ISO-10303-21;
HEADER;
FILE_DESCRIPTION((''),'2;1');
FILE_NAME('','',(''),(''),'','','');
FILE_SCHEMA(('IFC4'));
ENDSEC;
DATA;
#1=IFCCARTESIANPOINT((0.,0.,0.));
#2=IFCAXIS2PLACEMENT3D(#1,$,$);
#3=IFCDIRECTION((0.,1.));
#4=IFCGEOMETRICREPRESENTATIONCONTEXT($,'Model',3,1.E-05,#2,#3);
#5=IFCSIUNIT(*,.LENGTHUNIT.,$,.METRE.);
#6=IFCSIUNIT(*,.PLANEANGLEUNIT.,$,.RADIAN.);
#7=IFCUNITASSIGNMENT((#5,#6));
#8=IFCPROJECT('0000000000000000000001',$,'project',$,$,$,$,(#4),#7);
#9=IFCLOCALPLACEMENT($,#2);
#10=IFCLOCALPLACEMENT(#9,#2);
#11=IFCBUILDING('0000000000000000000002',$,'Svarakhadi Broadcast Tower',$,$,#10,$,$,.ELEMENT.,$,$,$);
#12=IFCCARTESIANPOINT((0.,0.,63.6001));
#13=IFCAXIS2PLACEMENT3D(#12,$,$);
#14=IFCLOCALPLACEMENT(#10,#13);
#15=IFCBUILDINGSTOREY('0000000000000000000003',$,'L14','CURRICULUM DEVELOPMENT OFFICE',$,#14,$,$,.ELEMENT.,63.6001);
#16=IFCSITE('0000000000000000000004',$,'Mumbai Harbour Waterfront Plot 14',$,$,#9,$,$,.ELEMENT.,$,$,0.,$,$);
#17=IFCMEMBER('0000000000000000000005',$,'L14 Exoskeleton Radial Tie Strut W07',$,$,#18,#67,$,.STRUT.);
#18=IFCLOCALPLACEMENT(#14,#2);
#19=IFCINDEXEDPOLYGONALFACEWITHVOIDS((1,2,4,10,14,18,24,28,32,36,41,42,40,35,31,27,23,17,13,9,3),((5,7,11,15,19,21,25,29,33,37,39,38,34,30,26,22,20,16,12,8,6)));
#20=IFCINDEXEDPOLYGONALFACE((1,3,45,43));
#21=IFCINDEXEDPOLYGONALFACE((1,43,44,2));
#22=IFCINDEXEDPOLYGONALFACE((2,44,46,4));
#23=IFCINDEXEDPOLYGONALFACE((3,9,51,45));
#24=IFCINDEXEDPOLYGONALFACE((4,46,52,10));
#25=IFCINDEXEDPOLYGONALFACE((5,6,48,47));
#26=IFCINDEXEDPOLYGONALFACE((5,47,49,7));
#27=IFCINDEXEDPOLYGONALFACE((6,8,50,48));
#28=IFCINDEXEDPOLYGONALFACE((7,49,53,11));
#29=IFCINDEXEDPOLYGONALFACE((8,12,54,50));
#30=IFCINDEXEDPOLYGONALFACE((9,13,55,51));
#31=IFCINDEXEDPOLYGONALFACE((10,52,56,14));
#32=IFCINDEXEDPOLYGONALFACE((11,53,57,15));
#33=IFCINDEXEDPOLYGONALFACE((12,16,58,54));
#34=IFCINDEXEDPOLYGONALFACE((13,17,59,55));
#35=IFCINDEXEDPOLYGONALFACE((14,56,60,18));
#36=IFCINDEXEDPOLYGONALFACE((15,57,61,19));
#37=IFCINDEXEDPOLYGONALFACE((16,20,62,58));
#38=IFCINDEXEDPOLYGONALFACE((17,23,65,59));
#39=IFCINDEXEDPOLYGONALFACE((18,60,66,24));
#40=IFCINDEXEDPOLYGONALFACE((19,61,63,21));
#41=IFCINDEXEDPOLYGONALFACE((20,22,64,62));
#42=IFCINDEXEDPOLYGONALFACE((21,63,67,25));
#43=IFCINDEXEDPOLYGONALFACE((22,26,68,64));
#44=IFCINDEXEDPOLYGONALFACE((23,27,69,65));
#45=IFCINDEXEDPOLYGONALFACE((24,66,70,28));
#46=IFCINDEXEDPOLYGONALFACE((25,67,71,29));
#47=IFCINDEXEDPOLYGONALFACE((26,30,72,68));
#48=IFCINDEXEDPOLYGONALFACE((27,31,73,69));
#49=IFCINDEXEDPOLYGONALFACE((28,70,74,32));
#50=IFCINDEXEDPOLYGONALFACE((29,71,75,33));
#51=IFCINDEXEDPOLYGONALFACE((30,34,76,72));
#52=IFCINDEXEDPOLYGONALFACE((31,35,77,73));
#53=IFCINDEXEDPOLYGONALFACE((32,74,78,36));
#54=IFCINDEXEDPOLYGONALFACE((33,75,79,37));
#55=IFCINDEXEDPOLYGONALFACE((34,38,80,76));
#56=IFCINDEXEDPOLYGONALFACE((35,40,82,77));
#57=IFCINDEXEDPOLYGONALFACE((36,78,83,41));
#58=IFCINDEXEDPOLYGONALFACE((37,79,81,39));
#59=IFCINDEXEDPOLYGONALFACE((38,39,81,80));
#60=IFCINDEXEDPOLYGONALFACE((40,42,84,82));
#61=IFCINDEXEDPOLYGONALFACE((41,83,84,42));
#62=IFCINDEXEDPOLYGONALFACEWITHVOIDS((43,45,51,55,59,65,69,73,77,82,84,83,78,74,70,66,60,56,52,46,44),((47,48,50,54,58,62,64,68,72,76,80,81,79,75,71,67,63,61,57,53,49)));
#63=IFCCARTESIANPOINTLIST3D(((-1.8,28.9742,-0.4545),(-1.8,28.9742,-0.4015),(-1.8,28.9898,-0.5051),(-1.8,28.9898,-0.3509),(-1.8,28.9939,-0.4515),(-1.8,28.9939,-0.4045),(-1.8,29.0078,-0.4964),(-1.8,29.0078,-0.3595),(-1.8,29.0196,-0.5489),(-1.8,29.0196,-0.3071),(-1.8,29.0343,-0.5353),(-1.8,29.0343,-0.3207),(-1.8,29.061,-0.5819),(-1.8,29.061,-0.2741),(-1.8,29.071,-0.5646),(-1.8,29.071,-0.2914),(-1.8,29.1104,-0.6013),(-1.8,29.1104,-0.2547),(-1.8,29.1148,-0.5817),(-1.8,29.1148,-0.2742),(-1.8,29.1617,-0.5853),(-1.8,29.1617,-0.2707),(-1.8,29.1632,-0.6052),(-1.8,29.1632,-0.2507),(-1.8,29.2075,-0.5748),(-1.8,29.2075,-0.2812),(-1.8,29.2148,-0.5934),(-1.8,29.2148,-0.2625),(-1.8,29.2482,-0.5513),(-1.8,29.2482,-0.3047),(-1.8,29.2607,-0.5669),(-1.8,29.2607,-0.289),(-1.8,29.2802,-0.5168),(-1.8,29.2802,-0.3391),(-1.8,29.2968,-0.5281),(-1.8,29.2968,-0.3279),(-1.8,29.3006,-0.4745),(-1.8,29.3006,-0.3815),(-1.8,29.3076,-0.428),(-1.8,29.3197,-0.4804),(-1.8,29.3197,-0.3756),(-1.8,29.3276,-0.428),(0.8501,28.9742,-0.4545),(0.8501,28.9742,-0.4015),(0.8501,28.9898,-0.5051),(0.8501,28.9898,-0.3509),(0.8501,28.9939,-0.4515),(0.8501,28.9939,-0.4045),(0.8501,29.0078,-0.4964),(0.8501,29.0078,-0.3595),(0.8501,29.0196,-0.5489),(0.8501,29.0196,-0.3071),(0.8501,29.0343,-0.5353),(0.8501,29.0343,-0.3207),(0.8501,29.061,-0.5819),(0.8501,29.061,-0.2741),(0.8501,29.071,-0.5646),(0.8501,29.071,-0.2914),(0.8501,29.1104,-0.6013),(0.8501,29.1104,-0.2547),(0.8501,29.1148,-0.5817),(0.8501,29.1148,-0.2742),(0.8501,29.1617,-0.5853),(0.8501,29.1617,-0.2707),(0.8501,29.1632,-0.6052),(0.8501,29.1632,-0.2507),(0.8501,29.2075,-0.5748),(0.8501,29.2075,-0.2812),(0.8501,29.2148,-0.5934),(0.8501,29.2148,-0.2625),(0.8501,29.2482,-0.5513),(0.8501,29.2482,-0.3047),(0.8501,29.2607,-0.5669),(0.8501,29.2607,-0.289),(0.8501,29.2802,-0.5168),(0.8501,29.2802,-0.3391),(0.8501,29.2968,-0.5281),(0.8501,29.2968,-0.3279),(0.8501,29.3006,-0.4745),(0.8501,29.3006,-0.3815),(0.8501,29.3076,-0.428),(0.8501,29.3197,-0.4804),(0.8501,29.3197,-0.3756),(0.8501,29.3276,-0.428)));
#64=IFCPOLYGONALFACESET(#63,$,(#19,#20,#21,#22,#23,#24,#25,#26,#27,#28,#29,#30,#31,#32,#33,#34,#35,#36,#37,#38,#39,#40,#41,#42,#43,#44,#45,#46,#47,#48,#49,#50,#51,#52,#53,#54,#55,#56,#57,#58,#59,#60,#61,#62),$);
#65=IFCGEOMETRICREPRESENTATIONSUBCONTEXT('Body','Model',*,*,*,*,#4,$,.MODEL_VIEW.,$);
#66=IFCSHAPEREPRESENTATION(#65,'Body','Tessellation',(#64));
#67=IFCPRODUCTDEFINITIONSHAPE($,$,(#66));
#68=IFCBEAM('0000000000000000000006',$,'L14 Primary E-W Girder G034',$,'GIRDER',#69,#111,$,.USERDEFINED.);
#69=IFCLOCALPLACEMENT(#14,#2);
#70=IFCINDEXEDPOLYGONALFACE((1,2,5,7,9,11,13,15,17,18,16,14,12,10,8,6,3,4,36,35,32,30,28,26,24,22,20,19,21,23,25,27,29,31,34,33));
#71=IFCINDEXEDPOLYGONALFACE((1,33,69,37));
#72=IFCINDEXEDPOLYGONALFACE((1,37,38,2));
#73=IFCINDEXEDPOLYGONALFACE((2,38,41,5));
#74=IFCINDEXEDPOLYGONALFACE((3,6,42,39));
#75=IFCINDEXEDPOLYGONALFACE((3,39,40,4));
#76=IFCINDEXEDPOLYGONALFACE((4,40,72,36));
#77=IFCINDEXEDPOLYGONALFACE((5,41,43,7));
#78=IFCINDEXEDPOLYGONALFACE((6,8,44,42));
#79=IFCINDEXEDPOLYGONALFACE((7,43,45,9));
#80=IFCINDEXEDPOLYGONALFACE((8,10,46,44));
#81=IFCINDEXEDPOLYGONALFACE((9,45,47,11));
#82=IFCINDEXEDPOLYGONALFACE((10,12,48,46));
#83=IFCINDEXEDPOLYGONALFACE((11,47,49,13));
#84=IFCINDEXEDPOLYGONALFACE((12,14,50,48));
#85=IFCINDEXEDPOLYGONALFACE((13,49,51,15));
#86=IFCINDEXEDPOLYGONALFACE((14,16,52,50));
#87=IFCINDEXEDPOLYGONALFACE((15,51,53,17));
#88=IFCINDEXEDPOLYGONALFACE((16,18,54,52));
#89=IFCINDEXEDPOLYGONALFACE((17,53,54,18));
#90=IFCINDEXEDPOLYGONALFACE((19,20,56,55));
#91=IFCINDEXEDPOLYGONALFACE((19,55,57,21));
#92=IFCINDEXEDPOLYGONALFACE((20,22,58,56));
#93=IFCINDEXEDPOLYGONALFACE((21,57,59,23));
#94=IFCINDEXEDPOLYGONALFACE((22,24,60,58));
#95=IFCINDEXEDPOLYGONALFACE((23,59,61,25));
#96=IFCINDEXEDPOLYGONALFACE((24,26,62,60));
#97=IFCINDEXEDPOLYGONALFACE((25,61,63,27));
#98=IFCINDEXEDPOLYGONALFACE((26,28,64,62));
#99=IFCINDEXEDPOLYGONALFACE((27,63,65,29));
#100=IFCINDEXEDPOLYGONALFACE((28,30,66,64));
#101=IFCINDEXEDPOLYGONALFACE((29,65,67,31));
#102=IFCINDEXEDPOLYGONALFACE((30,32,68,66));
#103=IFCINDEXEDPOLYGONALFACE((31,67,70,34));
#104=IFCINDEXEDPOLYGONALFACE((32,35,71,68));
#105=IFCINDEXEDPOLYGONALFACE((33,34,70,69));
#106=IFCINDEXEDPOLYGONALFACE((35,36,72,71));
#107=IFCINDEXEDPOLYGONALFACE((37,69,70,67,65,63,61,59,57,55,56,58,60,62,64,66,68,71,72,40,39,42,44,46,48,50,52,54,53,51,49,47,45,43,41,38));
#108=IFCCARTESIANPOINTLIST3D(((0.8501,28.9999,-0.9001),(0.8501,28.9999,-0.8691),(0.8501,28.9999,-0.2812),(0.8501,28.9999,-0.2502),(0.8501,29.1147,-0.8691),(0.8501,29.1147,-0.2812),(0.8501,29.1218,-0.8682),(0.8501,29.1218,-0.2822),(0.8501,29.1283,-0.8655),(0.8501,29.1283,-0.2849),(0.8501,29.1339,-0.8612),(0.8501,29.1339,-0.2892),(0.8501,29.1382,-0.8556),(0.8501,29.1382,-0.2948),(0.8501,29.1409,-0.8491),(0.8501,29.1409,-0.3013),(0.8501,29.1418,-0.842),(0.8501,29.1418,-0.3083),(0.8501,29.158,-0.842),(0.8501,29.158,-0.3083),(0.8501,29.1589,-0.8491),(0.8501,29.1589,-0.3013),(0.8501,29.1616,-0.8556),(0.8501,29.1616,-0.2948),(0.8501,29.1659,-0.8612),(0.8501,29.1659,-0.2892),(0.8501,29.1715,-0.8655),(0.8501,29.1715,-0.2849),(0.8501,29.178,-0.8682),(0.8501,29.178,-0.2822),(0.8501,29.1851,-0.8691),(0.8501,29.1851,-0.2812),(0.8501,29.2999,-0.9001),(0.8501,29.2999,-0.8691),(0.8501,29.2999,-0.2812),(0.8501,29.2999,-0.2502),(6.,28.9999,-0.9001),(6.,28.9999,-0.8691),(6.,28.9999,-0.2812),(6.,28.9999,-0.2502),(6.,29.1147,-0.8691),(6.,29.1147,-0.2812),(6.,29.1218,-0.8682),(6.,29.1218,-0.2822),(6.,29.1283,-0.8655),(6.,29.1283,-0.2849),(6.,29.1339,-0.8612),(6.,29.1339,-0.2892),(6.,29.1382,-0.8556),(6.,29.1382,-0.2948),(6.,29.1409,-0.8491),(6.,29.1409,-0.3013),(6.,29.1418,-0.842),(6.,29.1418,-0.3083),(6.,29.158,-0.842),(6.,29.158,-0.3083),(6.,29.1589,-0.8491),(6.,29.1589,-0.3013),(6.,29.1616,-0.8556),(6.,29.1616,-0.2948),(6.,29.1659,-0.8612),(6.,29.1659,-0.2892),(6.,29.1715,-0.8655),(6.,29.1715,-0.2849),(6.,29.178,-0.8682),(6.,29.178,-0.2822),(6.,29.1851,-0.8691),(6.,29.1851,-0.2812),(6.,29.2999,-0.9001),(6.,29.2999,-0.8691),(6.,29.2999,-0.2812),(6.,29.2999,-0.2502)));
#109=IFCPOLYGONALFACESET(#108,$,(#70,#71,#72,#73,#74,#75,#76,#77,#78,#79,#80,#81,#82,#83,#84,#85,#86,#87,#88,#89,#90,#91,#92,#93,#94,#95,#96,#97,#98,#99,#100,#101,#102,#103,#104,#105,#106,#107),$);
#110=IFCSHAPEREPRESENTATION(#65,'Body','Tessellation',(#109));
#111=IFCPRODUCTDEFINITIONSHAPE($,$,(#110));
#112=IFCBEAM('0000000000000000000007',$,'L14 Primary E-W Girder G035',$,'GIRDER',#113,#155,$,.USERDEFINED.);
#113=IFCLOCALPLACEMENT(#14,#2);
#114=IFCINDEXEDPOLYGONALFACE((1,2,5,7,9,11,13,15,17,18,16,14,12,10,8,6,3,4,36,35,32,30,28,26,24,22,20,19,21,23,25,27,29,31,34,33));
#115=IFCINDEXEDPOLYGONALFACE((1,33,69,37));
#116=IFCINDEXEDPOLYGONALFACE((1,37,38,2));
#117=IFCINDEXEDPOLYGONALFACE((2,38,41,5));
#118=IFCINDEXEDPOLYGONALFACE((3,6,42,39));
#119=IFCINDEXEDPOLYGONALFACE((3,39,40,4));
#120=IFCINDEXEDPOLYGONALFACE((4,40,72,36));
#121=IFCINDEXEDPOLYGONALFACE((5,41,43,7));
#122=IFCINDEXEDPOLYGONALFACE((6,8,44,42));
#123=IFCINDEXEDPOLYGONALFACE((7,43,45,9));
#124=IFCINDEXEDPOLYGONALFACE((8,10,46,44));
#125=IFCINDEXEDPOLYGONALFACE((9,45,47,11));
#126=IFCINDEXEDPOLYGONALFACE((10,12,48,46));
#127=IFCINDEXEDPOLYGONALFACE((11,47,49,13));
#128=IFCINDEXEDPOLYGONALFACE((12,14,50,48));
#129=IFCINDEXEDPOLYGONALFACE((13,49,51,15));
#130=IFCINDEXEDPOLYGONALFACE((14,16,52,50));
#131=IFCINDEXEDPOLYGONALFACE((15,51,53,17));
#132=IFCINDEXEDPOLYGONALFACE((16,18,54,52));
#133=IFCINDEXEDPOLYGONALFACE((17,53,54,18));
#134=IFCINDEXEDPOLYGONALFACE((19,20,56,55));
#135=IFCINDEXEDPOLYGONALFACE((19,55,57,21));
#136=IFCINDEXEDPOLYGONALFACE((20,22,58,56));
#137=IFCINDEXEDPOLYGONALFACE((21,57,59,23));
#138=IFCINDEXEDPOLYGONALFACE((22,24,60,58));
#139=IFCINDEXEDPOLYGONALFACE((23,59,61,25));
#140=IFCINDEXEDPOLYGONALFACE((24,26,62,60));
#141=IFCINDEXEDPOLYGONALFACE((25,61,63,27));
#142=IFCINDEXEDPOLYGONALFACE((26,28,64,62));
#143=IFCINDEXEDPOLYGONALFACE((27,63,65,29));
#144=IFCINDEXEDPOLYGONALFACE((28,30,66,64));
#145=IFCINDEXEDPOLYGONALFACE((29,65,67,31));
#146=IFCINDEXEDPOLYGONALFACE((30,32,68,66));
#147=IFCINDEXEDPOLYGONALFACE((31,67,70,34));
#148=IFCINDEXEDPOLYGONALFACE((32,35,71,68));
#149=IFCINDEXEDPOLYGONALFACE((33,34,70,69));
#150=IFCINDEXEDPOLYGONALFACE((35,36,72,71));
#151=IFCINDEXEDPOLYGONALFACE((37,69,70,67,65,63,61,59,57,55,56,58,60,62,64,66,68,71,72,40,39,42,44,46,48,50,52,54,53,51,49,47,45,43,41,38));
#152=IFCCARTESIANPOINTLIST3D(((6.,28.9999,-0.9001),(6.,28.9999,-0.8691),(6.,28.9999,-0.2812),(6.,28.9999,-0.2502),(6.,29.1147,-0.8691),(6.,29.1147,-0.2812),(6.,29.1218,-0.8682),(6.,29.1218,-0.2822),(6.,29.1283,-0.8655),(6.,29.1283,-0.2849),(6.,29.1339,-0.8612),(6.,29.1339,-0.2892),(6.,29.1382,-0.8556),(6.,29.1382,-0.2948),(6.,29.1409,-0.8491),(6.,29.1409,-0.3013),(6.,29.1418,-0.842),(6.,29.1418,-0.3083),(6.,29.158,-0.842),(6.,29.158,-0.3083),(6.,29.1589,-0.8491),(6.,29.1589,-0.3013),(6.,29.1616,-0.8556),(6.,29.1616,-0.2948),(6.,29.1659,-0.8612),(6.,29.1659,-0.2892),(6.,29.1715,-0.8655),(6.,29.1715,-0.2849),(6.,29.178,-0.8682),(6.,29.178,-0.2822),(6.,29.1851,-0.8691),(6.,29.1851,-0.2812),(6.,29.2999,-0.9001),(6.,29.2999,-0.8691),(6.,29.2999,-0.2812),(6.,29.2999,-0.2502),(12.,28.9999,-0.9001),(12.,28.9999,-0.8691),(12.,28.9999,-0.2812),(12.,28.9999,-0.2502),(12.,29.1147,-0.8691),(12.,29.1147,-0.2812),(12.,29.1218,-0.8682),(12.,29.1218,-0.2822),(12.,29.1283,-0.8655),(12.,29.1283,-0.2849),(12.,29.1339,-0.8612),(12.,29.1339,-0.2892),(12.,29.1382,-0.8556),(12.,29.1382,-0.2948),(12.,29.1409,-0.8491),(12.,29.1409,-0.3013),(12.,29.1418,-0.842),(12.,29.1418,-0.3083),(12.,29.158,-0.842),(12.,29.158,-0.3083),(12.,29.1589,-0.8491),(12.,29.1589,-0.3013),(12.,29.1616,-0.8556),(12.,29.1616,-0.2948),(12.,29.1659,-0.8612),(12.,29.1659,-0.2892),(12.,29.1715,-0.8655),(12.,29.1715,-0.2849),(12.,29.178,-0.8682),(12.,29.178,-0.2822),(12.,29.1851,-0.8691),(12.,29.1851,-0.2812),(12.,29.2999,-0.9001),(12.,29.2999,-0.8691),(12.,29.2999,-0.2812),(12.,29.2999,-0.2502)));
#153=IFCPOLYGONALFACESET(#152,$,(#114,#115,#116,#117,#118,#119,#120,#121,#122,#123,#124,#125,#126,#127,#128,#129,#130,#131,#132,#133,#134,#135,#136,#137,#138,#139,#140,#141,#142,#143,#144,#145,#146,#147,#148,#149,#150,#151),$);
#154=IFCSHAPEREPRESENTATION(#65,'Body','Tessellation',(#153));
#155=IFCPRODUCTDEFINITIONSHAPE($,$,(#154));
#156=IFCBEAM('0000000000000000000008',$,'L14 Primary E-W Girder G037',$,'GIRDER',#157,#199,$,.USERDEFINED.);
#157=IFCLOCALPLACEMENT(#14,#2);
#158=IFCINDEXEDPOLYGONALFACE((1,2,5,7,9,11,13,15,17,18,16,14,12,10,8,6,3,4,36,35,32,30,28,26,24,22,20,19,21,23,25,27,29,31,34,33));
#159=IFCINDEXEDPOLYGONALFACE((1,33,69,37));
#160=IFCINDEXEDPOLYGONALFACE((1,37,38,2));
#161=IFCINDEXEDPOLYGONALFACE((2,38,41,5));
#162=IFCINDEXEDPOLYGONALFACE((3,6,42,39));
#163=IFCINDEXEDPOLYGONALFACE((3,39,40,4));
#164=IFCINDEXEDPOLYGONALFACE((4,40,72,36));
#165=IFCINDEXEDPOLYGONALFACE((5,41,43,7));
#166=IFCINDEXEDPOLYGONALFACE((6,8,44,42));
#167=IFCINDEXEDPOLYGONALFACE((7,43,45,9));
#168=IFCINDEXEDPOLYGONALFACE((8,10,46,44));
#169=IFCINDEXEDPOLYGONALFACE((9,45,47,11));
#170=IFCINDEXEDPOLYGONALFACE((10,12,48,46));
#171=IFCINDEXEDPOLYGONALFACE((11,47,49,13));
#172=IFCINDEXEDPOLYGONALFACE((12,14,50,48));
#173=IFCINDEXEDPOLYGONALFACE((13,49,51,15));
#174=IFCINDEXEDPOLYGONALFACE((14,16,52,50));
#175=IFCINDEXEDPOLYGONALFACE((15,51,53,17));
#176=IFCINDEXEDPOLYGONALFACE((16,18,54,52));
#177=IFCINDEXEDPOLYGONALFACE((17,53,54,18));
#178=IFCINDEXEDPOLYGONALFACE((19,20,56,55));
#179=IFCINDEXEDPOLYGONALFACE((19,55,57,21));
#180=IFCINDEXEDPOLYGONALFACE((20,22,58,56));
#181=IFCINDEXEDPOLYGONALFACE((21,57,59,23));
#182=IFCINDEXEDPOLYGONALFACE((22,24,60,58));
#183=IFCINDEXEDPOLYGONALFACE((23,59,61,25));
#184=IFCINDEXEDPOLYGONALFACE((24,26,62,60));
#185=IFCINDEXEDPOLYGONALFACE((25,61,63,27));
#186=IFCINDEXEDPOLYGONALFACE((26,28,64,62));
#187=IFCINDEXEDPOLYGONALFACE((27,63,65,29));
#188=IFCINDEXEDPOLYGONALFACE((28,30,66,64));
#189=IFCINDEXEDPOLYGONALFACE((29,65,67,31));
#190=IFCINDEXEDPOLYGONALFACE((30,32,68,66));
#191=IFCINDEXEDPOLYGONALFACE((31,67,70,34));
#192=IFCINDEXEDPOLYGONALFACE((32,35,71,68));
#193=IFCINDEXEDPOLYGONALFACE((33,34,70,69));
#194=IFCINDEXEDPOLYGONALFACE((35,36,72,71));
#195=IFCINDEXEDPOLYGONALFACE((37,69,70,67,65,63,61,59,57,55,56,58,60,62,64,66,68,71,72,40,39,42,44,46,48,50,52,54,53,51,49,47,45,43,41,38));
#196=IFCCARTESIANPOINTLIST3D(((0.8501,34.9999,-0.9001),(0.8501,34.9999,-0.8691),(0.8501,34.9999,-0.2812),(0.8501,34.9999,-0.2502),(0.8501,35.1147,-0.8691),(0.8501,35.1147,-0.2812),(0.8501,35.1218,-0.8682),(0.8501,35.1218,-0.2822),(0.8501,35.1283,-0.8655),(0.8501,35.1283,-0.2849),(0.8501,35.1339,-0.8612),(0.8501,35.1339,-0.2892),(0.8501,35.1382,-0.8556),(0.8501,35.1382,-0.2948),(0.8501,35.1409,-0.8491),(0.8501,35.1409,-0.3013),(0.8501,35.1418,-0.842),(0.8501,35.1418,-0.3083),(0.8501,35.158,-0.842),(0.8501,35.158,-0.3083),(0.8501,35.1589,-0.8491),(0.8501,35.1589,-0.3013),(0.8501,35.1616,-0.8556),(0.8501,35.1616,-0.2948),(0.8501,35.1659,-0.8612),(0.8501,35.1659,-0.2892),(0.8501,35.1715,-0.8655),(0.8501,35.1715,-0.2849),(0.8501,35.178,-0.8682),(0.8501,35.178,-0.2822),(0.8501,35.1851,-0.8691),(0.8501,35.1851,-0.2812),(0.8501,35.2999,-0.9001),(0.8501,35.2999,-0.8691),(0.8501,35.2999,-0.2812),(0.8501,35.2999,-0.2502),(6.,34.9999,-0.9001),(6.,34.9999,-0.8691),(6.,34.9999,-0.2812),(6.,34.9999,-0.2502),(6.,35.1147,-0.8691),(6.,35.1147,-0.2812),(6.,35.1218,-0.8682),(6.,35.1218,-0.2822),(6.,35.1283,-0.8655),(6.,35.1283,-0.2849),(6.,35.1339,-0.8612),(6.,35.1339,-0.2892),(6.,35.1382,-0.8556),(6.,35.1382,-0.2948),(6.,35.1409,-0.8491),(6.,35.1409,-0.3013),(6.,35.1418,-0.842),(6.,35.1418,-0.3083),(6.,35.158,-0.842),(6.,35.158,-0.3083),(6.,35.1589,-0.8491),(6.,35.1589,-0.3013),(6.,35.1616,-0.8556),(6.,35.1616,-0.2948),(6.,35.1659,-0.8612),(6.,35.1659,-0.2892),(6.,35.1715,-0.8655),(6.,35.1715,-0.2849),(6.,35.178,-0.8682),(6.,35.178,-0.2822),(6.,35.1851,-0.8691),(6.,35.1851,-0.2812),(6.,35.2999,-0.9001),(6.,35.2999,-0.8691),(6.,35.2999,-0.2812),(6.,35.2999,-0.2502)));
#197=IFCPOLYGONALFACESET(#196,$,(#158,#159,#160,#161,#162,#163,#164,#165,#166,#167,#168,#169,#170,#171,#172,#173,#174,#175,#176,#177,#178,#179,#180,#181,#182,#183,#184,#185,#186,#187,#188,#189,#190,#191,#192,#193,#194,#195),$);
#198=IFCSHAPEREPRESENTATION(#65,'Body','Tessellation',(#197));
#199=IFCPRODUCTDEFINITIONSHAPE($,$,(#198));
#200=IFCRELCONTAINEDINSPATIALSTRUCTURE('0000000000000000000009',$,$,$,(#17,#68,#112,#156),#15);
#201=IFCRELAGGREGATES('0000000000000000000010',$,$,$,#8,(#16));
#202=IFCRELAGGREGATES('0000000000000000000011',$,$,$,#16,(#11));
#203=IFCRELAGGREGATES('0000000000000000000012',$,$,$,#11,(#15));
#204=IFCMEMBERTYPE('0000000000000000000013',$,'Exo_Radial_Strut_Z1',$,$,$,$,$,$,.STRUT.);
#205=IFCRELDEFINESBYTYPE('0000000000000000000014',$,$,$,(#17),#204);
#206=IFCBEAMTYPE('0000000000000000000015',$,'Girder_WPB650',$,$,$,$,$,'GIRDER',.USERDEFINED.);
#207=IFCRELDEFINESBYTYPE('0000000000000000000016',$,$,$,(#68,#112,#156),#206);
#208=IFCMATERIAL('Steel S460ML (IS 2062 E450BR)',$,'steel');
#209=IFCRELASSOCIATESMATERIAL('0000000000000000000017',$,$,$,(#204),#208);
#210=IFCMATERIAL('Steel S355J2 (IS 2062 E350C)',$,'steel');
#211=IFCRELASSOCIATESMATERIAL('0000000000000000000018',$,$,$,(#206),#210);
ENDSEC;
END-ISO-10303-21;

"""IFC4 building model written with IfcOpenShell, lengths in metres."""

from ifc_helpers import new_model, si_unit, direction, frame, origin, origin_2d, place, context, subcontext, project, spatial, hollow_circle, i_section, extrude, material, material_profile, profile_set, type_object, element, save


model = new_model("IFC4")

# Units and contexts
model_context = context("Model", 3, precision=1e-05, world=origin(), true_north=direction((0.0, 1.0)))
body_context = subcontext(model_context, "Body", "Model", "MODEL_VIEW")
ifc_project = project(units=[si_unit("LENGTHUNIT", "METRE"), si_unit("PLANEANGLEUNIT", "RADIAN")], contexts=[model_context])

# Site, building, storey
site_placement = place(None, origin())
site = spatial("IfcSite", under=ifc_project, at=site_placement, Name="Mumbai Harbour Waterfront Plot 14", CompositionType="ELEMENT", RefElevation=0.0)
building_placement = place(site_placement, origin())
building = spatial("IfcBuilding", under=site, at=building_placement, Name="Svarakhadi Broadcast Tower", CompositionType="ELEMENT")
storey_placement = place(building_placement, frame((0.0, 0.0, 63.6001)))
storey = spatial("IfcBuildingStorey", under=building, at=storey_placement, Name="L14", Description="CURRICULUM DEVELOPMENT OFFICE", CompositionType="ELEMENT", Elevation=63.6001)

# Shared definitions
ifc_material_1 = material(Name="Steel S460ML (IS 2062 E450BR)", Category="steel")

# Shared definitions
ifc_material_2 = material(Name="Steel S355J2 (IS 2062 E350C)", Category="steel")

# Member
ifc_material_profile_1 = material_profile(ifc_material_1, hollow_circle(Radius=0.1777, WallThickness=0.02, at=origin_2d()), Name="CHS 355.6x20")
ifc_profile_set_1 = profile_set([ifc_material_profile_1], Name="Steel S460ML (IS 2062 E450BR)")
member_type_1 = type_object("IfcMemberType", Name="Exo_Radial_Strut_Z1", PredefinedType="STRUT", material=ifc_profile_set_1)
member_1_placement = place(storey_placement, frame((-1.8, 29.1499, -0.428), z_axis=(1.0, 0.0, 0.0), x_axis=(0.0, 1.0, 0.0)))
element("IfcMember", 1, at=member_1_placement, inside=storey, type_object=member_type_1, Name="L14 Exoskeleton Radial Tie Strut W07", PredefinedType="STRUT", context=body_context, shape_type="SweptSolid", body=[
    extrude(hollow_circle(Radius=0.1777, WallThickness=0.02, at=origin_2d()), origin(), (0.0, 0.0, 1.0), 2.6501),
])

# Beams
ifc_material_profile_2 = material_profile(ifc_material_2, i_section(OverallWidth=0.3, OverallDepth=0.6499, WebThickness=0.0161, FlangeThickness=0.031, FilletRadius=0.0271, at=origin_2d()), Name="WPB 650x300x225")
ifc_profile_set_2 = profile_set([ifc_material_profile_2], Name="Steel S355J2 (IS 2062 E350C)")
beam_type_1 = type_object("IfcBeamType", Name="Girder_WPB650", ElementType="GIRDER", PredefinedType="USERDEFINED", material=ifc_profile_set_2)
beam_1_placement = place(storey_placement, frame((0.8501, 29.1499, -0.5752), z_axis=(1.0, 0.0, 0.0), x_axis=(0.0, 1.0, 0.0)))
element("IfcBeam", 2, at=beam_1_placement, inside=storey, type_object=beam_type_1, Name="L14 Primary E-W Girder G034", ObjectType="GIRDER", PredefinedType="USERDEFINED", context=body_context, shape_type="SweptSolid", body=[
    extrude(i_section(OverallWidth=0.3, OverallDepth=0.6499, WebThickness=0.0161, FlangeThickness=0.031, FilletRadius=0.0271, at=origin_2d()), origin(), (0.0, 0.0, 1.0), 5.1499),
])
beam_2_placement = place(storey_placement, frame((6.0, 29.1499, -0.5752), z_axis=(1.0, 0.0, 0.0), x_axis=(0.0, 1.0, 0.0)))
element("IfcBeam", 3, at=beam_2_placement, inside=storey, type_object=beam_type_1, Name="L14 Primary E-W Girder G035", ObjectType="GIRDER", PredefinedType="USERDEFINED", context=body_context, shape_type="SweptSolid", body=[
    extrude(i_section(OverallWidth=0.3, OverallDepth=0.6499, WebThickness=0.0161, FlangeThickness=0.031, FilletRadius=0.0271, at=origin_2d()), origin(), (0.0, 0.0, 1.0), 6.0),
])
for number, where, z_axis, x_axis, name in (
    (4, (0.8501, 35.1499, -0.5752), (1.0, 0.0, 0.0), (0.0, 1.0, 0.0), "L14 Primary E-W Girder G037"),
):
    element("IfcBeam", number, at=place(storey_placement, frame(where, z_axis=z_axis, x_axis=x_axis)), inside=storey, type_object=beam_type_1, Name=name, ObjectType="GIRDER", PredefinedType="USERDEFINED", context=body_context, shape_type="SweptSolid", body=[
        extrude(i_section(OverallWidth=0.3, OverallDepth=0.6499, WebThickness=0.0161, FlangeThickness=0.031, FilletRadius=0.0271, at=origin_2d()), origin(), (0.0, 0.0, 1.0), 5.1499),
    ])

save(model, "model.ifc")
